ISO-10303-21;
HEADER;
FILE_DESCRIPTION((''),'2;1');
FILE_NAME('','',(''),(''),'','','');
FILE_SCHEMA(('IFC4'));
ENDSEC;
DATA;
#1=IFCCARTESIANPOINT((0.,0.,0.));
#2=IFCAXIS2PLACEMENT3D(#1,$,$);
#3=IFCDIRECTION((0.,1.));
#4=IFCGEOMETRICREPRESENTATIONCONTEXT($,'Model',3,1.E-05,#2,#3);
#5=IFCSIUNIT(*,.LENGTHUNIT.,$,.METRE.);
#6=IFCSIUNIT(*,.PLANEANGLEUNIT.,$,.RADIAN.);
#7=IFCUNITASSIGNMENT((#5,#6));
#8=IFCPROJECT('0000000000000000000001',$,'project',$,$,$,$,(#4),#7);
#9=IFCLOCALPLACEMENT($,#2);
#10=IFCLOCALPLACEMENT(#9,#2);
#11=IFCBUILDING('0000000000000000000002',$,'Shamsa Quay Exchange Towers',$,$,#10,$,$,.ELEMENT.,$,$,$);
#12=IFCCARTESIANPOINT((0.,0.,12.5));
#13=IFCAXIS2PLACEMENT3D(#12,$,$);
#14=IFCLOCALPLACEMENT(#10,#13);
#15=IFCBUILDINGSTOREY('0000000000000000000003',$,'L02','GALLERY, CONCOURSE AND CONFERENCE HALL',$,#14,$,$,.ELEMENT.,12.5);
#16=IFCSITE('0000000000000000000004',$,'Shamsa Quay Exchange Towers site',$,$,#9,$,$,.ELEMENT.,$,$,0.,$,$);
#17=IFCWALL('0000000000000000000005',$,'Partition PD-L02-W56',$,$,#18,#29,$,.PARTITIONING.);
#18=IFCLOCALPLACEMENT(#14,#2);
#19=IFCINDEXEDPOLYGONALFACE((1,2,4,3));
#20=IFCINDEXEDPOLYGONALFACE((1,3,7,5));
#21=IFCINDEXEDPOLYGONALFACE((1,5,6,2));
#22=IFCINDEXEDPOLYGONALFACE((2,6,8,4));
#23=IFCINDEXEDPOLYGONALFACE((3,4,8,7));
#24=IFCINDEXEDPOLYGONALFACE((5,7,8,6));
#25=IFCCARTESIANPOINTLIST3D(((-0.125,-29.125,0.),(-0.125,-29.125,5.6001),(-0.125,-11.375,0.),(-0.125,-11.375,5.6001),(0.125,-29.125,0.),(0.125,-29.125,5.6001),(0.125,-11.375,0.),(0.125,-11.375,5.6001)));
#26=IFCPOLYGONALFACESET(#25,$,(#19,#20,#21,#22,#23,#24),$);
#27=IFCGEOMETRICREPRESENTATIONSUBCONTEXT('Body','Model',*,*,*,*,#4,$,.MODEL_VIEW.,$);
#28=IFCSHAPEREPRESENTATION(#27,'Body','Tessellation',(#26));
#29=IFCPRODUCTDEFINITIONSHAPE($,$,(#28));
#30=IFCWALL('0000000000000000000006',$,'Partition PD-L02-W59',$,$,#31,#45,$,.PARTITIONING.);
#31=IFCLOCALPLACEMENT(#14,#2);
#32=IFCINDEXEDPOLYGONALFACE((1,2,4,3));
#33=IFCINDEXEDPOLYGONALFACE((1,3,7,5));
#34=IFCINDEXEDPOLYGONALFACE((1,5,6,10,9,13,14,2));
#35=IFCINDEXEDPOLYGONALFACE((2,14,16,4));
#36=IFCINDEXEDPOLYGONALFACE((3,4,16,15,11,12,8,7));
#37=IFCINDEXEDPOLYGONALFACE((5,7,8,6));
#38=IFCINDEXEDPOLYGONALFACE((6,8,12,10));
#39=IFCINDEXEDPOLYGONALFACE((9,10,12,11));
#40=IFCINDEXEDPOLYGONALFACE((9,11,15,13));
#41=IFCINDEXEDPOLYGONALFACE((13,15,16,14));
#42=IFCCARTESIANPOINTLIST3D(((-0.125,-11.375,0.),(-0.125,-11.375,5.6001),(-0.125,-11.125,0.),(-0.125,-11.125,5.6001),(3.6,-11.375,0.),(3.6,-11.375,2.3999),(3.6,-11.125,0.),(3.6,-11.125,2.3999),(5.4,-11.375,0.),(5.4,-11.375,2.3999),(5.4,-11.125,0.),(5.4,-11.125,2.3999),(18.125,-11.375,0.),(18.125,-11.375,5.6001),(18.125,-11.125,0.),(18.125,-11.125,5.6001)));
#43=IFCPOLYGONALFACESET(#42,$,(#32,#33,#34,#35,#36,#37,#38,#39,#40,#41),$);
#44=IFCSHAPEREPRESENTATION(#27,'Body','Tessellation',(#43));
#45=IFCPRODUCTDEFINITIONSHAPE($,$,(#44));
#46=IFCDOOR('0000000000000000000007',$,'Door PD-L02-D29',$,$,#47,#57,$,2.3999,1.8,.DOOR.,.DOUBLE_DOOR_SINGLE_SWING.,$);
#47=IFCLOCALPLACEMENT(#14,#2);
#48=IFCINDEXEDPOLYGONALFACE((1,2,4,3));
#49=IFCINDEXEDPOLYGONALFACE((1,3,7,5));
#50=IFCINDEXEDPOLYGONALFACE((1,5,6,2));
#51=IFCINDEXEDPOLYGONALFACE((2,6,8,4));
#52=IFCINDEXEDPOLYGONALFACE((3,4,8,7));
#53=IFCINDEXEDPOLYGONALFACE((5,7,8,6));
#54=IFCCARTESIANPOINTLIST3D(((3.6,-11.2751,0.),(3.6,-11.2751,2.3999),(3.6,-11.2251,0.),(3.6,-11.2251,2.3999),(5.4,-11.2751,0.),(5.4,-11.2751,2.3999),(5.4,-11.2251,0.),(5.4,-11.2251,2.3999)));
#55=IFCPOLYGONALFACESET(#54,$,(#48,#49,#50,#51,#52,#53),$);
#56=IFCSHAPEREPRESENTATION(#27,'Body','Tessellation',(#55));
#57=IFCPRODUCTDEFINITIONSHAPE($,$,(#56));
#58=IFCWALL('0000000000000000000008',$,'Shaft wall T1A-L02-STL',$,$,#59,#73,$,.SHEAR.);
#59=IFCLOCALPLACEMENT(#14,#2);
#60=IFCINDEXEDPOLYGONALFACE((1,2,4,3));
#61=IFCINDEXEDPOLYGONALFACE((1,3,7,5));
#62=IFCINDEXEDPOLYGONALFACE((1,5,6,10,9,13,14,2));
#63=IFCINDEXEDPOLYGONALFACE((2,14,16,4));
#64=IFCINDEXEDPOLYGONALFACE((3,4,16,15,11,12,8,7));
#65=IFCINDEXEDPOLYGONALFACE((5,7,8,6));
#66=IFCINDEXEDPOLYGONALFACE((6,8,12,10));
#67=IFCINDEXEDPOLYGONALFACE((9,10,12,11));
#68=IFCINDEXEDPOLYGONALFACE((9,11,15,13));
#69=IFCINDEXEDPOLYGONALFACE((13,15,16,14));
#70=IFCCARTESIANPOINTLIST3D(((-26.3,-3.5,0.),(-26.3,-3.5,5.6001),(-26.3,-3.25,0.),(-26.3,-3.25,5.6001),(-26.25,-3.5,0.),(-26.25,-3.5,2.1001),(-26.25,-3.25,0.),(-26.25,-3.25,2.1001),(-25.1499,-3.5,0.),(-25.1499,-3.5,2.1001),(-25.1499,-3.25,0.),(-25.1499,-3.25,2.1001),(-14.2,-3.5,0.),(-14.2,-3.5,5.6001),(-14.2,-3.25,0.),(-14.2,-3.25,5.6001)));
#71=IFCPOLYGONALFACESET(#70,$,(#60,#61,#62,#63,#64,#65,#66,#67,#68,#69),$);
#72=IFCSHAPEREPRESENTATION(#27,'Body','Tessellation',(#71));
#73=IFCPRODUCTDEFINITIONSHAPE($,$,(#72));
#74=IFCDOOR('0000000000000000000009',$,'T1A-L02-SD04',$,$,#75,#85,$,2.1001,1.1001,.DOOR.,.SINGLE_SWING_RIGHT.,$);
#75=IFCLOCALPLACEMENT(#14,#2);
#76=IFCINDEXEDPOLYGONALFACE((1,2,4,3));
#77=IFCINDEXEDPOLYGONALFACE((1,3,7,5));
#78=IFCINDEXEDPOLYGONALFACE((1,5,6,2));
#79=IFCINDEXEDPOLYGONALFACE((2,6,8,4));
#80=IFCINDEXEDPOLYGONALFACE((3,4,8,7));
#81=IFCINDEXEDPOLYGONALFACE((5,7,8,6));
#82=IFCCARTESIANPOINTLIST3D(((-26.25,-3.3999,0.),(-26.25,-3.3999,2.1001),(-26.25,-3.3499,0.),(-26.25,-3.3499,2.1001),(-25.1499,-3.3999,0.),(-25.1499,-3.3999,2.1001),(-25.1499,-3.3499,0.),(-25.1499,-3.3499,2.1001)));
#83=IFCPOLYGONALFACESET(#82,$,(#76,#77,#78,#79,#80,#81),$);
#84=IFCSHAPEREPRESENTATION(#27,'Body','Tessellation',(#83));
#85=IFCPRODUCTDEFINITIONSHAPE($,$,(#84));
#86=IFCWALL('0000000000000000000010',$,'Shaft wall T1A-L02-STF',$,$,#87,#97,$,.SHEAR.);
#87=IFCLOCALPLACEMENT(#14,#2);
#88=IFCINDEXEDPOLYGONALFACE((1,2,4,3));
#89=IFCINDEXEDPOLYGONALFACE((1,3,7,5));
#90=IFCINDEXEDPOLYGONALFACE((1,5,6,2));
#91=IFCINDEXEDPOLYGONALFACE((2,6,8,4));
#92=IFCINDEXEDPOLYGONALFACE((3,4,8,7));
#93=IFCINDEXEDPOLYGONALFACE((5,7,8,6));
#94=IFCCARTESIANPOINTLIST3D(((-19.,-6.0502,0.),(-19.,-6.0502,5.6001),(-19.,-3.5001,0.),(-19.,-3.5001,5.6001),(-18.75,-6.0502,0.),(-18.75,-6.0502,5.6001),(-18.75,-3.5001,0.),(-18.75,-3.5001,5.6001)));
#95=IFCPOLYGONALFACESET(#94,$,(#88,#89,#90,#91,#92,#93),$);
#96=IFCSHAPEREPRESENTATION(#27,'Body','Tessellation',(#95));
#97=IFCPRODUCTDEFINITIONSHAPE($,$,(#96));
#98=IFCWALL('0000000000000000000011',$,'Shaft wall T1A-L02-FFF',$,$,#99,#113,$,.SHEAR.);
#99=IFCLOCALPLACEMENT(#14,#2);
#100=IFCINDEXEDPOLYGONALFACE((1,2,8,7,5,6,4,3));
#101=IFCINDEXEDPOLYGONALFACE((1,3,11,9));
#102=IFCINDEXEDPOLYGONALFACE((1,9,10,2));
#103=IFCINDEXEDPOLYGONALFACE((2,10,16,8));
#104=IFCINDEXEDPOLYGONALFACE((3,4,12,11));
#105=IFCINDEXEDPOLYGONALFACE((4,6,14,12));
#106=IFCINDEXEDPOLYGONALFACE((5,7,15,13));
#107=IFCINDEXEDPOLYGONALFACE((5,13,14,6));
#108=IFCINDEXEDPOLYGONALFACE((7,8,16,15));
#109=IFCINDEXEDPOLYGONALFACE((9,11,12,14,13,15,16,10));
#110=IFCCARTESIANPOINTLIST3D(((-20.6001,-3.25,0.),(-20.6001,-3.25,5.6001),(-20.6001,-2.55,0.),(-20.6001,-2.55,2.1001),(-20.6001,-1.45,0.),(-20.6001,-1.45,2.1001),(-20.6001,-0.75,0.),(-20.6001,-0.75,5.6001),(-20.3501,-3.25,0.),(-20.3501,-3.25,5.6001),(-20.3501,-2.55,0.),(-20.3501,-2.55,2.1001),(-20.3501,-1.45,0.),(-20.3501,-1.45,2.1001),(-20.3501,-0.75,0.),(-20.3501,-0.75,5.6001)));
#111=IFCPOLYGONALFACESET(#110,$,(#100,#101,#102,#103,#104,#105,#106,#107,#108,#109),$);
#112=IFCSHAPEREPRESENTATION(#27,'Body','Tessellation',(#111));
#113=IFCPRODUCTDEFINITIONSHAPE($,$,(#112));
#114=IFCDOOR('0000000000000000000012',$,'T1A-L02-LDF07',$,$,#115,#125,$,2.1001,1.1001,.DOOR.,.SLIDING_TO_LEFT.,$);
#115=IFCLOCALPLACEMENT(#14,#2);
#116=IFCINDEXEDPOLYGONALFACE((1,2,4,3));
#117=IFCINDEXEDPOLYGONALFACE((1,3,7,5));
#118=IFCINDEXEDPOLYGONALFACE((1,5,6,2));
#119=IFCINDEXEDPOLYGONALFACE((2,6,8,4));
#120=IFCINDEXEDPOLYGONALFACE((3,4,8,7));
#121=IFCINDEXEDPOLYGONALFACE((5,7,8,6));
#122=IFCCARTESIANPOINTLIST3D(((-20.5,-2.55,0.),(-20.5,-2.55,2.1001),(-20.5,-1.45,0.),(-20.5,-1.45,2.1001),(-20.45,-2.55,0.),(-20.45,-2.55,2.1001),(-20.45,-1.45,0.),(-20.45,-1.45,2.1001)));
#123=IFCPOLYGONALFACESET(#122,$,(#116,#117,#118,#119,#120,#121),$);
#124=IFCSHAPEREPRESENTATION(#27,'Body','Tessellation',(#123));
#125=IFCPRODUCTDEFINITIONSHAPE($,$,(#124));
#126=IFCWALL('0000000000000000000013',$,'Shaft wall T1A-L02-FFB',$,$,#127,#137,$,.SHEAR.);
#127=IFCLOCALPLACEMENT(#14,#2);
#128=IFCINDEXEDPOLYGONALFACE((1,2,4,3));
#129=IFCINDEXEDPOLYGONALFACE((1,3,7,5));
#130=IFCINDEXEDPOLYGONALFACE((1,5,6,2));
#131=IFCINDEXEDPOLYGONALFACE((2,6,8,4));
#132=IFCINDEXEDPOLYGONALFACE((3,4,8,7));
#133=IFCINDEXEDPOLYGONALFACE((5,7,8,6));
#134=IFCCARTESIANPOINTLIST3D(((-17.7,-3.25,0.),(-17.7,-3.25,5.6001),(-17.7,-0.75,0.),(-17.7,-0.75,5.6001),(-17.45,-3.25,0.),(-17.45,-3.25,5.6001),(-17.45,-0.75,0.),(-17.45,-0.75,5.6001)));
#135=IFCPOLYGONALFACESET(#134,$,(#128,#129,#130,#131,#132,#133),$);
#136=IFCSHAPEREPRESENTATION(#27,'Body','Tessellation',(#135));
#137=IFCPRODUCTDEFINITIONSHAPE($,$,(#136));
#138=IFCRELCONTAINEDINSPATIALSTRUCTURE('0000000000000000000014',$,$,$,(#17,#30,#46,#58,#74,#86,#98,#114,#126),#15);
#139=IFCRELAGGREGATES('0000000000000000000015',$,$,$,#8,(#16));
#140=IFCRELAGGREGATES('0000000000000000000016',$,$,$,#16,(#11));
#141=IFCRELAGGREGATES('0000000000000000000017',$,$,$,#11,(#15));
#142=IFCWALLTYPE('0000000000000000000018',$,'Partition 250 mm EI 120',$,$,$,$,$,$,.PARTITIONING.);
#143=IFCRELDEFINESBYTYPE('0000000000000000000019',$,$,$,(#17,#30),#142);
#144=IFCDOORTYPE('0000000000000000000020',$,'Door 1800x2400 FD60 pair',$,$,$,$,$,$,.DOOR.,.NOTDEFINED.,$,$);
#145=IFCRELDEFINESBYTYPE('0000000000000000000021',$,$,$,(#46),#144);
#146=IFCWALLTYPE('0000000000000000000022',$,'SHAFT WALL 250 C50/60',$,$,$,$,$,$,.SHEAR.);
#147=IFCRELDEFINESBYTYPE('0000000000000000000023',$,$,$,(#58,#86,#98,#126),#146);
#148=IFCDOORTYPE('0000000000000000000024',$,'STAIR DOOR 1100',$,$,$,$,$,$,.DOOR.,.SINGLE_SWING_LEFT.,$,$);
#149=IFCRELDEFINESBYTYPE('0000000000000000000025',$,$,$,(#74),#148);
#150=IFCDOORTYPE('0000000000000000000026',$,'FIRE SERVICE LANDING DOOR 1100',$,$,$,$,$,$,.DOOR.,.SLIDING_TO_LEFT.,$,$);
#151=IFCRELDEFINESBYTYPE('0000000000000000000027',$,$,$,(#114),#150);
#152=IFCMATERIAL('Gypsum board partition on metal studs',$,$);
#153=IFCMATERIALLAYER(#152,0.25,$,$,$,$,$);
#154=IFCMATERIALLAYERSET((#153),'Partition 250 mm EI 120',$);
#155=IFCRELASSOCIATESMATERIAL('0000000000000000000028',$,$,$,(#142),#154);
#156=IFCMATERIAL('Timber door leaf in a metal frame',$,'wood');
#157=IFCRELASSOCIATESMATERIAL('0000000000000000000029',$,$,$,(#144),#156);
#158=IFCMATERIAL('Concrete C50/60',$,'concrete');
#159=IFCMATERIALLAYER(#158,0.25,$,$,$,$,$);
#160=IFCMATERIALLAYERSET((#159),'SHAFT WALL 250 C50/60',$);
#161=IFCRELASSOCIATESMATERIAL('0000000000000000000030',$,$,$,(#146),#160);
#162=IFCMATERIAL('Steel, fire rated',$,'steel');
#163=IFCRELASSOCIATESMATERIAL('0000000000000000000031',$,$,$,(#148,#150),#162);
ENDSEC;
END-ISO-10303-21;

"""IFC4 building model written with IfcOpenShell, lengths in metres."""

from ifc_helpers import new_model, si_unit, direction, frame, frame_2d, origin, place, context, subcontext, project, spatial, rectangle, extrude, material, layer, layer_set, type_object, element, fill, save


model = new_model("IFC4")

# Units and contexts
model_context = context("Model", 3, precision=1e-05, world=origin(), true_north=direction((0.0, 1.0)))
body_context = subcontext(model_context, "Body", "Model", "MODEL_VIEW")
ifc_project = project(units=[si_unit("LENGTHUNIT", "METRE"), si_unit("PLANEANGLEUNIT", "RADIAN")], contexts=[model_context])

# Site, building, storey
site_placement = place(None, origin())
site = spatial("IfcSite", under=ifc_project, at=site_placement, Name="Shamsa Quay Exchange Towers site", CompositionType="ELEMENT", RefElevation=0.0)
building_placement = place(site_placement, origin())
building = spatial("IfcBuilding", under=site, at=building_placement, Name="Shamsa Quay Exchange Towers", CompositionType="ELEMENT")
storey_placement = place(building_placement, frame((0.0, 0.0, 12.5)))
storey = spatial("IfcBuildingStorey", under=building, at=storey_placement, Name="L02", Description="GALLERY, CONCOURSE AND CONFERENCE HALL", CompositionType="ELEMENT", Elevation=12.5)

# Shared definitions
ifc_material_1 = material(Name="Timber door leaf in a metal frame", Category="wood")

# Wall
ifc_material_2 = material(Name="Gypsum board partition on metal studs")
ifc_layer_1 = layer(ifc_material_2, 0.25)
ifc_layer_set_1 = layer_set([ifc_layer_1], Name="Partition 250 mm EI 120")
wall_type_1 = type_object("IfcWallType", Name="Partition 250 mm EI 120", PredefinedType="PARTITIONING", material=ifc_layer_set_1)
wall_1_placement = place(storey_placement, frame((0.0, -11.375, 0.0), z_axis=(0.0, 0.0, 1.0), x_axis=(0.0, -1.0, 0.0)))
element("IfcWall", 1, at=wall_1_placement, inside=storey, type_object=wall_type_1, Name="Partition PD-L02-W56", PredefinedType="PARTITIONING", context=body_context, shape_type="SweptSolid", body=[
    extrude(rectangle(XDim=17.75, YDim=0.25, at=frame_2d((8.875, 0.0))), origin(), (0.0, 0.0, 1.0), 5.6001),
])

# Walls, openings, doors
wall_2_placement = place(storey_placement, frame((-0.125, -11.25, 0.0)))
wall_2 = element("IfcWall", 2, at=wall_2_placement, inside=storey, type_object=wall_type_1, Name="Partition PD-L02-W59", PredefinedType="PARTITIONING", context=body_context, shape_type="SweptSolid", body=[
    extrude(rectangle(XDim=18.25, YDim=0.25, at=frame_2d((9.125, 0.0))), origin(), (0.0, 0.0, 1.0), 5.6001),
])
opening_1_placement = place(wall_2_placement, frame((3.7251, 0.0, 0.0)))
opening_1 = element("IfcOpeningElement", 3, at=opening_1_placement, cuts=wall_2, PredefinedType="OPENING", context=body_context, shape_type="SweptSolid", body=[
    extrude(rectangle(XDim=1.8, YDim=2.3999, at=frame_2d((0.8999, 1.2))), frame((0.0, 0.135, 0.0), z_axis=(0.0, -1.0, 0.0), x_axis=(1.0, 0.0, 0.0)), (0.0, 0.0, 1.0), 0.27),
])
door_type_1 = type_object("IfcDoorType", Name="Door 1800x2400 FD60 pair", OperationType="NOTDEFINED", PredefinedType="DOOR", material=ifc_material_1)
door_1_placement = place(opening_1_placement, origin())
door_1 = element("IfcDoor", 4, at=door_1_placement, inside=storey, type_object=door_type_1, Name="Door PD-L02-D29", OperationType="DOUBLE_DOOR_SINGLE_SWING", OverallHeight=2.3999, OverallWidth=1.8, PredefinedType="DOOR", context=body_context, shape_type="SweptSolid", body=[
    extrude(rectangle(XDim=1.8, YDim=2.3999, at=frame_2d((0.8999, 1.2))), frame((0.0, 0.0249, 0.0), z_axis=(0.0, -1.0, 0.0), x_axis=(1.0, 0.0, 0.0)), (0.0, 0.0, 1.0), 0.05),
])
fill(opening_1, door_1)
ifc_material_3 = material(Name="Concrete C50/60", Category="concrete")
ifc_layer_2 = layer(ifc_material_3, 0.25)
ifc_layer_set_2 = layer_set([ifc_layer_2], Name="SHAFT WALL 250 C50/60")
wall_type_2 = type_object("IfcWallType", Name="SHAFT WALL 250 C50/60", PredefinedType="SHEAR", material=ifc_layer_set_2)
wall_3_placement = place(storey_placement, frame((-14.2, -3.375, 0.0), z_axis=(0.0, 0.0, 1.0), x_axis=(-1.0, 0.0, 0.0)))
wall_3 = element("IfcWall", 5, at=wall_3_placement, inside=storey, type_object=wall_type_2, Name="Shaft wall T1A-L02-STL", PredefinedType="SHEAR", context=body_context, shape_type="SweptSolid", body=[
    extrude(rectangle(XDim=12.1001, YDim=0.25, at=frame_2d((6.05, 0.0))), origin(), (0.0, 0.0, 1.0), 5.6001),
])
opening_2_placement = place(wall_3_placement, frame((10.95, 0.0, 0.0)))
opening_2 = element("IfcOpeningElement", 6, at=opening_2_placement, cuts=wall_3, PredefinedType="OPENING", context=body_context, shape_type="SweptSolid", body=[
    extrude(rectangle(XDim=1.1001, YDim=2.1001, at=frame_2d((0.55, 1.05))), frame((0.0, 0.135, 0.0), z_axis=(0.0, -1.0, 0.0), x_axis=(1.0, 0.0, 0.0)), (0.0, 0.0, 1.0), 0.27),
])
ifc_material_4 = material(Name="Steel, fire rated", Category="steel")
door_type_2 = type_object("IfcDoorType", Name="STAIR DOOR 1100", OperationType="SINGLE_SWING_LEFT", PredefinedType="DOOR", material=ifc_material_4)
door_2_placement = place(opening_2_placement, origin())
door_2 = element("IfcDoor", 7, at=door_2_placement, inside=storey, type_object=door_type_2, Name="T1A-L02-SD04", OperationType="SINGLE_SWING_RIGHT", OverallHeight=2.1001, OverallWidth=1.1001, PredefinedType="DOOR", context=body_context, shape_type="SweptSolid", body=[
    extrude(rectangle(XDim=1.1001, YDim=2.1001, at=frame_2d((0.55, 1.05))), frame((0.0, 0.0249, 0.0), z_axis=(0.0, -1.0, 0.0), x_axis=(1.0, 0.0, 0.0)), (0.0, 0.0, 1.0), 0.05),
])
fill(opening_2, door_2)

# Wall
wall_4_placement = place(storey_placement, frame((-18.875, -6.05, 0.0), z_axis=(0.0, 0.0, 1.0), x_axis=(0.0, 1.0, 0.0)))
element("IfcWall", 8, at=wall_4_placement, inside=storey, type_object=wall_type_2, Name="Shaft wall T1A-L02-STF", PredefinedType="SHEAR", context=body_context, shape_type="SweptSolid", body=[
    extrude(rectangle(XDim=2.55, YDim=0.25, at=frame_2d((1.2749, 0.0))), origin(), (0.0, 0.0, 1.0), 5.6001),
])

# Wall, opening, door
wall_5_placement = place(storey_placement, frame((-20.4751, -3.25, 0.0), z_axis=(0.0, 0.0, 1.0), x_axis=(0.0, 1.0, 0.0)))
wall_5 = element("IfcWall", 9, at=wall_5_placement, inside=storey, type_object=wall_type_2, Name="Shaft wall T1A-L02-FFF", PredefinedType="SHEAR", context=body_context, shape_type="SweptSolid", body=[
    extrude(rectangle(XDim=2.5, YDim=0.25, at=frame_2d((1.25, 0.0))), origin(), (0.0, 0.0, 1.0), 5.6001),
])
opening_3_placement = place(wall_5_placement, frame((0.7, 0.0, 0.0)))
opening_3 = element("IfcOpeningElement", 10, at=opening_3_placement, cuts=wall_5, PredefinedType="OPENING", context=body_context, shape_type="SweptSolid", body=[
    extrude(rectangle(XDim=1.1001, YDim=2.1001, at=frame_2d((0.55, 1.05))), frame((0.0, 0.135, 0.0), z_axis=(0.0, -1.0, 0.0), x_axis=(1.0, 0.0, 0.0)), (0.0, 0.0, 1.0), 0.27),
])
door_type_3 = type_object("IfcDoorType", Name="FIRE SERVICE LANDING DOOR 1100", OperationType="SLIDING_TO_LEFT", PredefinedType="DOOR", material=ifc_material_4)
door_3_placement = place(opening_3_placement, origin())
door_3 = element("IfcDoor", 11, at=door_3_placement, inside=storey, type_object=door_type_3, Name="T1A-L02-LDF07", OperationType="SLIDING_TO_LEFT", OverallHeight=2.1001, OverallWidth=1.1001, PredefinedType="DOOR", context=body_context, shape_type="SweptSolid", body=[
    extrude(rectangle(XDim=1.1001, YDim=2.1001, at=frame_2d((0.55, 1.05))), frame((0.0, 0.0249, 0.0), z_axis=(0.0, -1.0, 0.0), x_axis=(1.0, 0.0, 0.0)), (0.0, 0.0, 1.0), 0.05),
])
fill(opening_3, door_3)

# Wall
wall_6_placement = place(storey_placement, frame((-17.575, -3.25, 0.0), z_axis=(0.0, 0.0, 1.0), x_axis=(0.0, 1.0, 0.0)))
element("IfcWall", 12, at=wall_6_placement, inside=storey, type_object=wall_type_2, Name="Shaft wall T1A-L02-FFB", PredefinedType="SHEAR", context=body_context, shape_type="SweptSolid", body=[
    extrude(rectangle(XDim=2.5, YDim=0.25, at=frame_2d((1.25, 0.0))), origin(), (0.0, 0.0, 1.0), 5.6001),
])

save(model, "model.ifc")
